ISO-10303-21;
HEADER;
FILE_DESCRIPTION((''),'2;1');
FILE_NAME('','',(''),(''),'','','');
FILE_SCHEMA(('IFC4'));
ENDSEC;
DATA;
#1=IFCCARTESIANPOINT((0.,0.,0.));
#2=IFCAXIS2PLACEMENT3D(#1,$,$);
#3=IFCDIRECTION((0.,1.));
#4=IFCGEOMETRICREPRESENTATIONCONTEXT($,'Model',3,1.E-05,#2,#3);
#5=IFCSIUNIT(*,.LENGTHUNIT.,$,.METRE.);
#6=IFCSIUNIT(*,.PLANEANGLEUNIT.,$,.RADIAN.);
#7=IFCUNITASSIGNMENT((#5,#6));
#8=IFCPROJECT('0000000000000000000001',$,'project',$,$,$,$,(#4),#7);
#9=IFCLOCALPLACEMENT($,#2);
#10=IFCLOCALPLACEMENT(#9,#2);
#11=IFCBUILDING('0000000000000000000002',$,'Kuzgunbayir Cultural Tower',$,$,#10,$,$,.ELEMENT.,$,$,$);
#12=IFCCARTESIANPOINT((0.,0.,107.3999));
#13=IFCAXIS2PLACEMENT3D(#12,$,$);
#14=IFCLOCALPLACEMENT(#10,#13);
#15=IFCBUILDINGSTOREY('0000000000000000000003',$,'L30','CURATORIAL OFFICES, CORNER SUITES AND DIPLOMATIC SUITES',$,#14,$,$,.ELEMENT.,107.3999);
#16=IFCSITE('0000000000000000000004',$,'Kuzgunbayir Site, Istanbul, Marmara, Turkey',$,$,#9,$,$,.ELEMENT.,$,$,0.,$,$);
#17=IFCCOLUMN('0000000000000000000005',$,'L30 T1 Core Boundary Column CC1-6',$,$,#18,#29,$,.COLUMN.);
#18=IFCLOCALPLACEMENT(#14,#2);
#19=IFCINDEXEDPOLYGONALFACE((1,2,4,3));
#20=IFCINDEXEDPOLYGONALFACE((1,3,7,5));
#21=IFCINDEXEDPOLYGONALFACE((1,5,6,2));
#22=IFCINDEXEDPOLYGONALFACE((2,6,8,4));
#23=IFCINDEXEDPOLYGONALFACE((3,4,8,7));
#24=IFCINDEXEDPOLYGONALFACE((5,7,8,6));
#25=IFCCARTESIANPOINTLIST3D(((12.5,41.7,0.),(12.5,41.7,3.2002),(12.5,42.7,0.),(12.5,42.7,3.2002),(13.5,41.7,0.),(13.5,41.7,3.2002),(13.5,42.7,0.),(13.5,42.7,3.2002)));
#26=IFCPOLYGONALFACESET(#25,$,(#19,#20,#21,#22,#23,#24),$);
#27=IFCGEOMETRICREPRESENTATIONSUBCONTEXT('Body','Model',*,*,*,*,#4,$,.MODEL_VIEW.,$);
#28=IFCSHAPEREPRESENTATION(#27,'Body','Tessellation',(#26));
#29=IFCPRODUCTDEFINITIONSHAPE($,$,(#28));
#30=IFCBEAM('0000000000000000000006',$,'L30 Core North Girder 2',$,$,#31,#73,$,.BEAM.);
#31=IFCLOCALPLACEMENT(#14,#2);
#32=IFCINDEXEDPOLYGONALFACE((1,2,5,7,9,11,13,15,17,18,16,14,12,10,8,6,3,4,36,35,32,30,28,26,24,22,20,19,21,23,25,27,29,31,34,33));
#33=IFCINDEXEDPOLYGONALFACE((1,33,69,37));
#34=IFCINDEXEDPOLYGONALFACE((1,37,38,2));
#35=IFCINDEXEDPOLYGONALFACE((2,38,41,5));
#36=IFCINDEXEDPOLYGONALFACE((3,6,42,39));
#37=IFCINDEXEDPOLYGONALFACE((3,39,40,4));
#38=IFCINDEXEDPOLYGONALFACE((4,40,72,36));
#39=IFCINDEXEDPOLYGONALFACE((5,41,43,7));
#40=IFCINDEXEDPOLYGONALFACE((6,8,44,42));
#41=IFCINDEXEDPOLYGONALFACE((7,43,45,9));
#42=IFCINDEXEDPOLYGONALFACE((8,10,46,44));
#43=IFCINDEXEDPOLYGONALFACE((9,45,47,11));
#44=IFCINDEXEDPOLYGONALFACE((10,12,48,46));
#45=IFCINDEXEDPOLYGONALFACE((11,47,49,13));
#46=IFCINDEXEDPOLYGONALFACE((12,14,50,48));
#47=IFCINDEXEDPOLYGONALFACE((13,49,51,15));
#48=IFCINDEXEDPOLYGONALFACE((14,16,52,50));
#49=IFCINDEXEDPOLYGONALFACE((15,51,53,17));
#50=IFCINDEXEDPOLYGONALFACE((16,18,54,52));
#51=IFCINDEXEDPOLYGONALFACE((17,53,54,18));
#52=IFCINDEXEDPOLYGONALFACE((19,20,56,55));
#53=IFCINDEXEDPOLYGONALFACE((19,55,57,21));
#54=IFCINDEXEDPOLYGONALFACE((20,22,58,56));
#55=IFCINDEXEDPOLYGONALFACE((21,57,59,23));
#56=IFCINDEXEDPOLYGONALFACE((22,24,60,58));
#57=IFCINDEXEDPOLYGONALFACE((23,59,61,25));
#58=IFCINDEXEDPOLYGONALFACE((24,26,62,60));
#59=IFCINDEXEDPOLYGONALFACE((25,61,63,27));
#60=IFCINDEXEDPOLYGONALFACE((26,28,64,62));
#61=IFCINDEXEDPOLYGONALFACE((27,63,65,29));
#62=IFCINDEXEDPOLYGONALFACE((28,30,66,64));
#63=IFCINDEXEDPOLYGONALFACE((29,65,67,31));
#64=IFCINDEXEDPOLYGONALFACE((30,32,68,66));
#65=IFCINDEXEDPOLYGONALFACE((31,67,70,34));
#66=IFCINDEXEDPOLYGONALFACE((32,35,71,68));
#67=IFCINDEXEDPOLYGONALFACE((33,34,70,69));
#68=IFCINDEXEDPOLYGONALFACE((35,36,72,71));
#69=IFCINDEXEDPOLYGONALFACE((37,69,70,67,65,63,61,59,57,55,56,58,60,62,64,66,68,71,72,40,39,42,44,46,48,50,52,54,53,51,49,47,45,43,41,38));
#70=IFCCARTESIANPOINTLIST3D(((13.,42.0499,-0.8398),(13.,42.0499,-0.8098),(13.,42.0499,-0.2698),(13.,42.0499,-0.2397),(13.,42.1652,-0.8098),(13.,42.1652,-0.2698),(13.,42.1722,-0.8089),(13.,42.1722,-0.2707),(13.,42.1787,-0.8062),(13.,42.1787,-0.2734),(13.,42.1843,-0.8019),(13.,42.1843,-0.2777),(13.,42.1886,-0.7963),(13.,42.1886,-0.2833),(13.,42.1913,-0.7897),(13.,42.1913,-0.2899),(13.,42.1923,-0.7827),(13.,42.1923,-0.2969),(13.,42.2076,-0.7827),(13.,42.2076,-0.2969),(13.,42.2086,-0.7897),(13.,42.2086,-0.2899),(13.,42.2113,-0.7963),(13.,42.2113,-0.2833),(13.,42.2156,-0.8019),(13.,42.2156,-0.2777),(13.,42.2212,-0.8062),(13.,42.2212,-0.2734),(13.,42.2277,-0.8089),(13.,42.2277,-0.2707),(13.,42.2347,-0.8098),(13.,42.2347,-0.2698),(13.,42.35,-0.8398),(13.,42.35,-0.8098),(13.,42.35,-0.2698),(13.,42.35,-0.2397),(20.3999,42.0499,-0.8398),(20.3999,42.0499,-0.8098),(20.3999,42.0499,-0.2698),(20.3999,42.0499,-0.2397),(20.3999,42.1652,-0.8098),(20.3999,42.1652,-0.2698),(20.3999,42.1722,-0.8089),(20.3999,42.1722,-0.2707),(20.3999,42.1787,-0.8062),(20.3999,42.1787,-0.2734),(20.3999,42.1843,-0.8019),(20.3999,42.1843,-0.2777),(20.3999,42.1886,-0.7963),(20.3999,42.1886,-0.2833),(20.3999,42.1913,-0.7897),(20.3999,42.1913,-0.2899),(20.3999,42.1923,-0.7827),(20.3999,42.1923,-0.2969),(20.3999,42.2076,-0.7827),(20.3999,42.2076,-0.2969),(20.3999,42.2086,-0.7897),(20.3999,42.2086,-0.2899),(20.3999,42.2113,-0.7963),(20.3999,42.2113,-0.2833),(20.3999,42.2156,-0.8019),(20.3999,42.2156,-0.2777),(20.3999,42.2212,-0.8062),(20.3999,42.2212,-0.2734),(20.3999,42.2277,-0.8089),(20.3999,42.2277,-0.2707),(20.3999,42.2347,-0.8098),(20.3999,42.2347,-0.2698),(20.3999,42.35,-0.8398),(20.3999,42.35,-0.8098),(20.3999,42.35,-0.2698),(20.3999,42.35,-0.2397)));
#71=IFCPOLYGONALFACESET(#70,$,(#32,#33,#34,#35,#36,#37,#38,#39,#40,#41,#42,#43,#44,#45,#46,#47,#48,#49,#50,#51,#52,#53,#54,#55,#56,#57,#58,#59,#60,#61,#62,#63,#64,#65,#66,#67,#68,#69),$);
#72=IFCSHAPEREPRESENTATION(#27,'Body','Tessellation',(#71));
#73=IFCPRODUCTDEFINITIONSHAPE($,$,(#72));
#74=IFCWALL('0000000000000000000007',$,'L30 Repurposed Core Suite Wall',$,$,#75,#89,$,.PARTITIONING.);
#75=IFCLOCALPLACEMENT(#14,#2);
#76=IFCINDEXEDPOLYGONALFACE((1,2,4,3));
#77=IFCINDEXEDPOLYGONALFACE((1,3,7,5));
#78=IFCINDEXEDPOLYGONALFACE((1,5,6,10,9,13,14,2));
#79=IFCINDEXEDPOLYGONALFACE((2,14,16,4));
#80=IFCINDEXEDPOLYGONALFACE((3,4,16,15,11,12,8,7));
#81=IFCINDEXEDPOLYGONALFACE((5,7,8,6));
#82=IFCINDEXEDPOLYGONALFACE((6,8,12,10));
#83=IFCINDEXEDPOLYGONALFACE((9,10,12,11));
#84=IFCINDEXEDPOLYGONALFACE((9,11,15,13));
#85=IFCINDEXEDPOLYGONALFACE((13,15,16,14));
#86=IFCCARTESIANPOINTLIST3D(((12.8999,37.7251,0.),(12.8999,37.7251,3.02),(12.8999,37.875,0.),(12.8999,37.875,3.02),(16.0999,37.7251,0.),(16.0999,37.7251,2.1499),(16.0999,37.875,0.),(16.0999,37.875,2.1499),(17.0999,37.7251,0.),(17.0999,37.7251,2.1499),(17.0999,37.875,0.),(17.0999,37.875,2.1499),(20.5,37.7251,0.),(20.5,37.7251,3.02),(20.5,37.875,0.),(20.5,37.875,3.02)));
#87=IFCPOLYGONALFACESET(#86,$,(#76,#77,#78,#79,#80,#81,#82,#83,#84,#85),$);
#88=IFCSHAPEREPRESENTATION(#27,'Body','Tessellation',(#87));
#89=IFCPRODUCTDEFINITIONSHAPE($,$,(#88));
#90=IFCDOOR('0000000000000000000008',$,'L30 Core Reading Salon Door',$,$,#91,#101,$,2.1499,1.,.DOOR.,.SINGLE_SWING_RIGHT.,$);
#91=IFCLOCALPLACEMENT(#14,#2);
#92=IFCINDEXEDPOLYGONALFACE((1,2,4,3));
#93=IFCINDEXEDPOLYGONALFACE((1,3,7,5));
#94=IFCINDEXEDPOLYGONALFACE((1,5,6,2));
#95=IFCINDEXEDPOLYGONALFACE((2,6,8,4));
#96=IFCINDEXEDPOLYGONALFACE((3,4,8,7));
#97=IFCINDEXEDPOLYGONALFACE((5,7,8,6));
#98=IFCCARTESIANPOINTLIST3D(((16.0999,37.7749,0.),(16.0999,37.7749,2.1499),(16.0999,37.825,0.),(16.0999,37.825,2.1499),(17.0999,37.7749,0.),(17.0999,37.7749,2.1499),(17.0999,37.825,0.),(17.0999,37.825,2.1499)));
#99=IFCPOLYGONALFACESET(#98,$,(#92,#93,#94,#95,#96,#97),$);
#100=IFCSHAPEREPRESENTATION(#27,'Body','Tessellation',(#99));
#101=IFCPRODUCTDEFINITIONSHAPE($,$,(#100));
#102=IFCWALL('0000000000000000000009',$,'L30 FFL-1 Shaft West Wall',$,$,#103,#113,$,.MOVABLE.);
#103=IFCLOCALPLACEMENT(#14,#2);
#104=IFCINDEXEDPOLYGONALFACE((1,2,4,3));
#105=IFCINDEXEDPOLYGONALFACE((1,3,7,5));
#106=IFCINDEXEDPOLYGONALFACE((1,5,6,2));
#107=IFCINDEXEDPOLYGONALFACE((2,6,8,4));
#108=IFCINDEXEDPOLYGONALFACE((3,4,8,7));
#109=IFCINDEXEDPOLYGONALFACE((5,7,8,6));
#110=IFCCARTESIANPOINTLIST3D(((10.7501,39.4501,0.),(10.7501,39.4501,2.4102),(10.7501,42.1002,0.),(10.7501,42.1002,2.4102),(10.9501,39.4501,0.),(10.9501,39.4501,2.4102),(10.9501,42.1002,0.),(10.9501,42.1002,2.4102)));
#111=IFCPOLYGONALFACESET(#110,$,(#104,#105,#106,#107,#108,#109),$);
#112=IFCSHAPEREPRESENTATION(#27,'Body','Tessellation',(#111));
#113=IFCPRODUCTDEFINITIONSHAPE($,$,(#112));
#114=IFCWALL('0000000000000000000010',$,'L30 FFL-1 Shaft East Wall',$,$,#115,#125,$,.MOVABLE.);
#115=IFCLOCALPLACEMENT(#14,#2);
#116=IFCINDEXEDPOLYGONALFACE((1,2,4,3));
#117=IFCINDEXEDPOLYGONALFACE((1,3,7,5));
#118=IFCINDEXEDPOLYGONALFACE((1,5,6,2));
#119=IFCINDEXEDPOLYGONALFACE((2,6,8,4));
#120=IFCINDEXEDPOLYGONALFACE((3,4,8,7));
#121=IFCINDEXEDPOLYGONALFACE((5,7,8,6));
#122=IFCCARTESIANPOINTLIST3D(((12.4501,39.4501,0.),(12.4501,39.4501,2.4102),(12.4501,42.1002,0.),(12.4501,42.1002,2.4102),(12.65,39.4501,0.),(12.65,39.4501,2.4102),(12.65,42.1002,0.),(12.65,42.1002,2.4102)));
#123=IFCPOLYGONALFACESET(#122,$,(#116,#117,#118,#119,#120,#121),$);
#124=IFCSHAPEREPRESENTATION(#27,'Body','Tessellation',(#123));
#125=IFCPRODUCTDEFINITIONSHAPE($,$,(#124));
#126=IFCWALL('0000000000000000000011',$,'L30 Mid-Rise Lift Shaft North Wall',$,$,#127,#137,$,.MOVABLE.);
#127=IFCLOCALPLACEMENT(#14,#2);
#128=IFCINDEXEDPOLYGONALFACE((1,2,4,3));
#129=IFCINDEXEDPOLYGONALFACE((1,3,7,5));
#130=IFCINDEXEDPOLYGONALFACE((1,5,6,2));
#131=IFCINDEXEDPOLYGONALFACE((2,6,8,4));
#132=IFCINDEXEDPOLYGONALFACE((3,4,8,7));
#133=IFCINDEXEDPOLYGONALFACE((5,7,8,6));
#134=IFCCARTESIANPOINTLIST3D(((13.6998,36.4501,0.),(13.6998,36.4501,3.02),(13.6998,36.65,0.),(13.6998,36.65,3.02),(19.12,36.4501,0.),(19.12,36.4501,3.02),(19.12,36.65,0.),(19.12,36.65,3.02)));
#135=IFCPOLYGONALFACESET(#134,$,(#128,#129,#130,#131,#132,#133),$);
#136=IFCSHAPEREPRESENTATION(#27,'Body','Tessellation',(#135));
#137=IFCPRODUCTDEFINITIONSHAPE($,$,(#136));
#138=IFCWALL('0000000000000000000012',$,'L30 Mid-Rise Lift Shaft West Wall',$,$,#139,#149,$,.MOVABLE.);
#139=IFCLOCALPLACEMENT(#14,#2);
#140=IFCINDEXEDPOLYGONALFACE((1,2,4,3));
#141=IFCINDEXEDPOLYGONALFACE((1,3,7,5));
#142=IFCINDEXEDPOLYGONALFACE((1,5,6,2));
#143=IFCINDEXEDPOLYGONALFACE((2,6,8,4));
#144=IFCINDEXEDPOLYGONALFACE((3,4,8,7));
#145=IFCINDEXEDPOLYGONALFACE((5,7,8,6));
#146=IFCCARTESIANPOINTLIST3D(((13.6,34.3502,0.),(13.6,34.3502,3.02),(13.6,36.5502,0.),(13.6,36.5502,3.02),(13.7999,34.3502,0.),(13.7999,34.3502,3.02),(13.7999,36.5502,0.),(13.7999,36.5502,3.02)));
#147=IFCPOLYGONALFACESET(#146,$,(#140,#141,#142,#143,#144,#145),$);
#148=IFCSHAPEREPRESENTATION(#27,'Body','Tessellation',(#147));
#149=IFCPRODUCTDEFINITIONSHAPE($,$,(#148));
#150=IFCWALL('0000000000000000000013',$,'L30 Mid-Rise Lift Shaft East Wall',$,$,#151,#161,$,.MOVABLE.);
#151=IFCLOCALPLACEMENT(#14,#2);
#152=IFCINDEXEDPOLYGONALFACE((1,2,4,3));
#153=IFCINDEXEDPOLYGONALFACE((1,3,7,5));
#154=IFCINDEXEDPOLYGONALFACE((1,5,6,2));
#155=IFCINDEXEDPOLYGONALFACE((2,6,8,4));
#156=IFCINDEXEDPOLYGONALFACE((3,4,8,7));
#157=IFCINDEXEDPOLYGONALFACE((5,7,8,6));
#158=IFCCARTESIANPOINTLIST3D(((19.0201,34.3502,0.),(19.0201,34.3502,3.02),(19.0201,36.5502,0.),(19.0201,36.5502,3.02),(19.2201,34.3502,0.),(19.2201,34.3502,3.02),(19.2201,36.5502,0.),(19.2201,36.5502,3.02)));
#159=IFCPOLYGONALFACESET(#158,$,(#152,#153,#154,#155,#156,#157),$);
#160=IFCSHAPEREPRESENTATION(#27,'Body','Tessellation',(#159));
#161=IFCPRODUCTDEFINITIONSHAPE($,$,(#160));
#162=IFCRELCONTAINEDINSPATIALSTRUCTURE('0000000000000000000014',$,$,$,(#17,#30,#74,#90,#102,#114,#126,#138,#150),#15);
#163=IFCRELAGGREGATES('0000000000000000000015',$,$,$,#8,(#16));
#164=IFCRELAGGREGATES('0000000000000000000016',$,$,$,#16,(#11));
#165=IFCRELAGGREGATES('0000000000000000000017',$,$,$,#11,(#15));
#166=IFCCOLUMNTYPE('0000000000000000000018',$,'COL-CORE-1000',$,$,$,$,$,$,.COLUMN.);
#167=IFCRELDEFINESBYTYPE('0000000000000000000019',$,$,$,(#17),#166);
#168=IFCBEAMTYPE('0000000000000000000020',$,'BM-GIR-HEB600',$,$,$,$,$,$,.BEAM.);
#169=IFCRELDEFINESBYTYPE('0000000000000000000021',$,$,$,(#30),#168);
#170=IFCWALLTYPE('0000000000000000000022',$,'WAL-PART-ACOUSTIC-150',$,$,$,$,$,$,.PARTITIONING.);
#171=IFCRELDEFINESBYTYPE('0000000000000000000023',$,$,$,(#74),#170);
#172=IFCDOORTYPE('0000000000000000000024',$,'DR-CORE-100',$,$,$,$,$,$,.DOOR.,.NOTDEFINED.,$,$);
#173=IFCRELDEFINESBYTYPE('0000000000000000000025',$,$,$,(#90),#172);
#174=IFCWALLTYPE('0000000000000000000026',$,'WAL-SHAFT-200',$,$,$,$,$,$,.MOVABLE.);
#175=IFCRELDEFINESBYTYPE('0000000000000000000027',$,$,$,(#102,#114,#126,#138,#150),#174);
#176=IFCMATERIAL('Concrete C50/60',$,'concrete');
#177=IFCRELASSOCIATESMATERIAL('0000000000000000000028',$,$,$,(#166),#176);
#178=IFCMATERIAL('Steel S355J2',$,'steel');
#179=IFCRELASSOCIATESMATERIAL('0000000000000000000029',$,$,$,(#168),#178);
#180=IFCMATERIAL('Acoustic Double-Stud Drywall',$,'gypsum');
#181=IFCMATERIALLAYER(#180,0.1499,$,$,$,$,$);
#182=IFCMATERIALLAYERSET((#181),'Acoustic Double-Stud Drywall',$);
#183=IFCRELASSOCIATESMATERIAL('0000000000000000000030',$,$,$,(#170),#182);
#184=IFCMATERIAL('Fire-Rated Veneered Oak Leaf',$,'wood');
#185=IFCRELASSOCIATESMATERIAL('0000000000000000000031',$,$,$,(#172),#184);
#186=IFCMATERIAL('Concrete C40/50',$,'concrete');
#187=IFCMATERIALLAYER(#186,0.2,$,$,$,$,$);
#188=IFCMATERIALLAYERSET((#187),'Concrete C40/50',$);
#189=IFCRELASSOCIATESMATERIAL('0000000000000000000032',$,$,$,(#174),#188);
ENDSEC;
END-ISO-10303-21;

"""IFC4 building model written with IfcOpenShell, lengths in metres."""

from ifc_helpers import new_model, si_unit, direction, frame, frame_2d, origin, origin_2d, place, context, subcontext, project, spatial, rectangle, i_section, extrude, material, layer, layer_set, material_profile, profile_set, type_object, element, fill, save


model = new_model("IFC4")

# Units and contexts
model_context = context("Model", 3, precision=1e-05, world=origin(), true_north=direction((0.0, 1.0)))
body_context = subcontext(model_context, "Body", "Model", "MODEL_VIEW")
ifc_project = project(units=[si_unit("LENGTHUNIT", "METRE"), si_unit("PLANEANGLEUNIT", "RADIAN")], contexts=[model_context])

# Site, building, storey
site_placement = place(None, origin())
site = spatial("IfcSite", under=ifc_project, at=site_placement, Name="Kuzgunbayir Site, Istanbul, Marmara, Turkey", CompositionType="ELEMENT", RefElevation=0.0)
building_placement = place(site_placement, origin())
building = spatial("IfcBuilding", under=site, at=building_placement, Name="Kuzgunbayir Cultural Tower", CompositionType="ELEMENT")
storey_placement = place(building_placement, frame((0.0, 0.0, 107.3999)))
storey = spatial("IfcBuildingStorey", under=building, at=storey_placement, Name="L30", Description="CURATORIAL OFFICES, CORNER SUITES AND DIPLOMATIC SUITES", CompositionType="ELEMENT", Elevation=107.3999)

# Column
ifc_material_1 = material(Name="Concrete C50/60", Category="concrete")
ifc_material_profile_1 = material_profile(ifc_material_1, rectangle(XDim=1.0, YDim=1.0, at=origin_2d()), Name="RC 1000x1000")
ifc_profile_set_1 = profile_set([ifc_material_profile_1], Name="Concrete C50/60")
column_type = type_object("IfcColumnType", Name="COL-CORE-1000", PredefinedType="COLUMN", material=ifc_profile_set_1)
column_placement = place(storey_placement, frame((13.0, 42.2, 0.0), z_axis=(0.0, 0.0, 1.0), x_axis=(1.0, 0.0, 0.0)))
element("IfcColumn", 1, at=column_placement, inside=storey, type_object=column_type, Name="L30 T1 Core Boundary Column CC1-6", PredefinedType="COLUMN", context=body_context, shape_type="SweptSolid", body=[
    extrude(rectangle(XDim=1.0, YDim=1.0, at=origin_2d()), origin(), (0.0, 0.0, 1.0), 3.2002),
])

# Beam
ifc_material_2 = material(Name="Steel S355J2", Category="steel")
ifc_material_profile_2 = material_profile(ifc_material_2, i_section(OverallWidth=0.3, OverallDepth=0.6001, WebThickness=0.0154, FlangeThickness=0.03, FilletRadius=0.0271, at=origin_2d()), Name="HEB 600")
ifc_profile_set_2 = profile_set([ifc_material_profile_2], Name="Steel S355J2")
beam_type = type_object("IfcBeamType", Name="BM-GIR-HEB600", PredefinedType="BEAM", material=ifc_profile_set_2)
beam_placement = place(storey_placement, frame((13.0, 42.2, -0.5398), z_axis=(1.0, 0.0, 0.0), x_axis=(0.0, 1.0, 0.0)))
element("IfcBeam", 2, at=beam_placement, inside=storey, type_object=beam_type, Name="L30 Core North Girder 2", PredefinedType="BEAM", context=body_context, shape_type="SweptSolid", body=[
    extrude(i_section(OverallWidth=0.3, OverallDepth=0.6001, WebThickness=0.0154, FlangeThickness=0.03, FilletRadius=0.0271, at=origin_2d()), origin(), (0.0, 0.0, 1.0), 7.3999),
])

# Wall, opening, door
ifc_material_3 = material(Name="Acoustic Double-Stud Drywall", Category="gypsum")
ifc_layer_1 = layer(ifc_material_3, 0.1499)
ifc_layer_set_1 = layer_set([ifc_layer_1], Name="Acoustic Double-Stud Drywall")
wall_type_1 = type_object("IfcWallType", Name="WAL-PART-ACOUSTIC-150", PredefinedType="PARTITIONING", material=ifc_layer_set_1)
wall_1_placement = place(storey_placement, frame((12.8999, 37.8, 0.0), z_axis=(0.0, 0.0, 1.0), x_axis=(1.0, 0.0, 0.0)))
wall_1 = element("IfcWall", 3, at=wall_1_placement, inside=storey, type_object=wall_type_1, Name="L30 Repurposed Core Suite Wall", PredefinedType="PARTITIONING", context=body_context, shape_type="SweptSolid", body=[
    extrude(rectangle(XDim=7.6001, YDim=0.1499, at=frame_2d((3.8, 0.0))), origin(), (0.0, 0.0, 1.0), 3.02),
])
opening_1_placement = place(wall_1_placement, frame((3.2, 0.0, 0.0)))
opening_1 = element("IfcOpeningElement", 4, at=opening_1_placement, cuts=wall_1, PredefinedType="OPENING", context=body_context, shape_type="SweptSolid", body=[
    extrude(rectangle(XDim=1.0, YDim=2.1499, at=frame_2d((0.5, 1.075))), frame((0.0, 0.085, 0.0), z_axis=(0.0, -1.0, 0.0), x_axis=(1.0, 0.0, 0.0)), (0.0, 0.0, 1.0), 0.1699),
])
ifc_material_4 = material(Name="Fire-Rated Veneered Oak Leaf", Category="wood")
door_type_1 = type_object("IfcDoorType", Name="DR-CORE-100", OperationType="NOTDEFINED", PredefinedType="DOOR", material=ifc_material_4)
door_1_placement = place(opening_1_placement, origin())
door_1 = element("IfcDoor", 5, at=door_1_placement, inside=storey, type_object=door_type_1, Name="L30 Core Reading Salon Door", OperationType="SINGLE_SWING_RIGHT", OverallHeight=2.1499, OverallWidth=1.0, PredefinedType="DOOR", context=body_context, shape_type="SweptSolid", body=[
    extrude(rectangle(XDim=1.0, YDim=2.1499, at=frame_2d((0.5, 1.075))), frame((0.0, 0.0249, 0.0), z_axis=(0.0, -1.0, 0.0), x_axis=(1.0, 0.0, 0.0)), (0.0, 0.0, 1.0), 0.05),
])
fill(opening_1, door_1)
ifc_material_5 = material(Name="Concrete C40/50", Category="concrete")
ifc_layer_2 = layer(ifc_material_5, 0.2)
ifc_layer_set_2 = layer_set([ifc_layer_2], Name="Concrete C40/50")
wall_type_2 = type_object("IfcWallType", Name="WAL-SHAFT-200", PredefinedType="MOVABLE", material=ifc_layer_set_2)

# Walls
for number, where, z_axis, x_axis, name in (
    (6, (10.8501, 39.45, 0.0), (0.0, 0.0, 1.0), (0.0, 1.0, 0.0), "L30 FFL-1 Shaft West Wall"),
    (7, (12.55, 39.45, 0.0), (0.0, 0.0, 1.0), (0.0, 1.0, 0.0), "L30 FFL-1 Shaft East Wall"),
):
    element("IfcWall", number, at=place(storey_placement, frame(where, z_axis=z_axis, x_axis=x_axis)), inside=storey, type_object=wall_type_2, Name=name, PredefinedType="MOVABLE", context=body_context, shape_type="SweptSolid", body=[
        extrude(rectangle(XDim=2.6501, YDim=0.2, at=frame_2d((1.3252, 0.0))), origin(), (0.0, 0.0, 1.0), 2.4102),
    ])

# Walls
wall_2_placement = place(storey_placement, frame((13.7, 36.55, 0.0), z_axis=(0.0, 0.0, 1.0), x_axis=(1.0, 0.0, 0.0)))
element("IfcWall", 8, at=wall_2_placement, inside=storey, type_object=wall_type_2, Name="L30 Mid-Rise Lift Shaft North Wall", PredefinedType="MOVABLE", context=body_context, shape_type="SweptSolid", body=[
    extrude(rectangle(XDim=5.4202, YDim=0.2, at=frame_2d((2.71, 0.0))), origin(), (0.0, 0.0, 1.0), 3.02),
])
for number, where, z_axis, x_axis, name in (
    (9, (13.7, 34.3501, 0.0), (0.0, 0.0, 1.0), (0.0, 1.0, 0.0), "L30 Mid-Rise Lift Shaft West Wall"),
    (10, (19.1201, 34.3501, 0.0), (0.0, 0.0, 1.0), (0.0, 1.0, 0.0), "L30 Mid-Rise Lift Shaft East Wall"),
):
    element("IfcWall", number, at=place(storey_placement, frame(where, z_axis=z_axis, x_axis=x_axis)), inside=storey, type_object=wall_type_2, Name=name, PredefinedType="MOVABLE", context=body_context, shape_type="SweptSolid", body=[
        extrude(rectangle(XDim=2.2, YDim=0.2, at=frame_2d((1.1001, 0.0))), origin(), (0.0, 0.0, 1.0), 3.02),
    ])

save(model, "model.ifc")
